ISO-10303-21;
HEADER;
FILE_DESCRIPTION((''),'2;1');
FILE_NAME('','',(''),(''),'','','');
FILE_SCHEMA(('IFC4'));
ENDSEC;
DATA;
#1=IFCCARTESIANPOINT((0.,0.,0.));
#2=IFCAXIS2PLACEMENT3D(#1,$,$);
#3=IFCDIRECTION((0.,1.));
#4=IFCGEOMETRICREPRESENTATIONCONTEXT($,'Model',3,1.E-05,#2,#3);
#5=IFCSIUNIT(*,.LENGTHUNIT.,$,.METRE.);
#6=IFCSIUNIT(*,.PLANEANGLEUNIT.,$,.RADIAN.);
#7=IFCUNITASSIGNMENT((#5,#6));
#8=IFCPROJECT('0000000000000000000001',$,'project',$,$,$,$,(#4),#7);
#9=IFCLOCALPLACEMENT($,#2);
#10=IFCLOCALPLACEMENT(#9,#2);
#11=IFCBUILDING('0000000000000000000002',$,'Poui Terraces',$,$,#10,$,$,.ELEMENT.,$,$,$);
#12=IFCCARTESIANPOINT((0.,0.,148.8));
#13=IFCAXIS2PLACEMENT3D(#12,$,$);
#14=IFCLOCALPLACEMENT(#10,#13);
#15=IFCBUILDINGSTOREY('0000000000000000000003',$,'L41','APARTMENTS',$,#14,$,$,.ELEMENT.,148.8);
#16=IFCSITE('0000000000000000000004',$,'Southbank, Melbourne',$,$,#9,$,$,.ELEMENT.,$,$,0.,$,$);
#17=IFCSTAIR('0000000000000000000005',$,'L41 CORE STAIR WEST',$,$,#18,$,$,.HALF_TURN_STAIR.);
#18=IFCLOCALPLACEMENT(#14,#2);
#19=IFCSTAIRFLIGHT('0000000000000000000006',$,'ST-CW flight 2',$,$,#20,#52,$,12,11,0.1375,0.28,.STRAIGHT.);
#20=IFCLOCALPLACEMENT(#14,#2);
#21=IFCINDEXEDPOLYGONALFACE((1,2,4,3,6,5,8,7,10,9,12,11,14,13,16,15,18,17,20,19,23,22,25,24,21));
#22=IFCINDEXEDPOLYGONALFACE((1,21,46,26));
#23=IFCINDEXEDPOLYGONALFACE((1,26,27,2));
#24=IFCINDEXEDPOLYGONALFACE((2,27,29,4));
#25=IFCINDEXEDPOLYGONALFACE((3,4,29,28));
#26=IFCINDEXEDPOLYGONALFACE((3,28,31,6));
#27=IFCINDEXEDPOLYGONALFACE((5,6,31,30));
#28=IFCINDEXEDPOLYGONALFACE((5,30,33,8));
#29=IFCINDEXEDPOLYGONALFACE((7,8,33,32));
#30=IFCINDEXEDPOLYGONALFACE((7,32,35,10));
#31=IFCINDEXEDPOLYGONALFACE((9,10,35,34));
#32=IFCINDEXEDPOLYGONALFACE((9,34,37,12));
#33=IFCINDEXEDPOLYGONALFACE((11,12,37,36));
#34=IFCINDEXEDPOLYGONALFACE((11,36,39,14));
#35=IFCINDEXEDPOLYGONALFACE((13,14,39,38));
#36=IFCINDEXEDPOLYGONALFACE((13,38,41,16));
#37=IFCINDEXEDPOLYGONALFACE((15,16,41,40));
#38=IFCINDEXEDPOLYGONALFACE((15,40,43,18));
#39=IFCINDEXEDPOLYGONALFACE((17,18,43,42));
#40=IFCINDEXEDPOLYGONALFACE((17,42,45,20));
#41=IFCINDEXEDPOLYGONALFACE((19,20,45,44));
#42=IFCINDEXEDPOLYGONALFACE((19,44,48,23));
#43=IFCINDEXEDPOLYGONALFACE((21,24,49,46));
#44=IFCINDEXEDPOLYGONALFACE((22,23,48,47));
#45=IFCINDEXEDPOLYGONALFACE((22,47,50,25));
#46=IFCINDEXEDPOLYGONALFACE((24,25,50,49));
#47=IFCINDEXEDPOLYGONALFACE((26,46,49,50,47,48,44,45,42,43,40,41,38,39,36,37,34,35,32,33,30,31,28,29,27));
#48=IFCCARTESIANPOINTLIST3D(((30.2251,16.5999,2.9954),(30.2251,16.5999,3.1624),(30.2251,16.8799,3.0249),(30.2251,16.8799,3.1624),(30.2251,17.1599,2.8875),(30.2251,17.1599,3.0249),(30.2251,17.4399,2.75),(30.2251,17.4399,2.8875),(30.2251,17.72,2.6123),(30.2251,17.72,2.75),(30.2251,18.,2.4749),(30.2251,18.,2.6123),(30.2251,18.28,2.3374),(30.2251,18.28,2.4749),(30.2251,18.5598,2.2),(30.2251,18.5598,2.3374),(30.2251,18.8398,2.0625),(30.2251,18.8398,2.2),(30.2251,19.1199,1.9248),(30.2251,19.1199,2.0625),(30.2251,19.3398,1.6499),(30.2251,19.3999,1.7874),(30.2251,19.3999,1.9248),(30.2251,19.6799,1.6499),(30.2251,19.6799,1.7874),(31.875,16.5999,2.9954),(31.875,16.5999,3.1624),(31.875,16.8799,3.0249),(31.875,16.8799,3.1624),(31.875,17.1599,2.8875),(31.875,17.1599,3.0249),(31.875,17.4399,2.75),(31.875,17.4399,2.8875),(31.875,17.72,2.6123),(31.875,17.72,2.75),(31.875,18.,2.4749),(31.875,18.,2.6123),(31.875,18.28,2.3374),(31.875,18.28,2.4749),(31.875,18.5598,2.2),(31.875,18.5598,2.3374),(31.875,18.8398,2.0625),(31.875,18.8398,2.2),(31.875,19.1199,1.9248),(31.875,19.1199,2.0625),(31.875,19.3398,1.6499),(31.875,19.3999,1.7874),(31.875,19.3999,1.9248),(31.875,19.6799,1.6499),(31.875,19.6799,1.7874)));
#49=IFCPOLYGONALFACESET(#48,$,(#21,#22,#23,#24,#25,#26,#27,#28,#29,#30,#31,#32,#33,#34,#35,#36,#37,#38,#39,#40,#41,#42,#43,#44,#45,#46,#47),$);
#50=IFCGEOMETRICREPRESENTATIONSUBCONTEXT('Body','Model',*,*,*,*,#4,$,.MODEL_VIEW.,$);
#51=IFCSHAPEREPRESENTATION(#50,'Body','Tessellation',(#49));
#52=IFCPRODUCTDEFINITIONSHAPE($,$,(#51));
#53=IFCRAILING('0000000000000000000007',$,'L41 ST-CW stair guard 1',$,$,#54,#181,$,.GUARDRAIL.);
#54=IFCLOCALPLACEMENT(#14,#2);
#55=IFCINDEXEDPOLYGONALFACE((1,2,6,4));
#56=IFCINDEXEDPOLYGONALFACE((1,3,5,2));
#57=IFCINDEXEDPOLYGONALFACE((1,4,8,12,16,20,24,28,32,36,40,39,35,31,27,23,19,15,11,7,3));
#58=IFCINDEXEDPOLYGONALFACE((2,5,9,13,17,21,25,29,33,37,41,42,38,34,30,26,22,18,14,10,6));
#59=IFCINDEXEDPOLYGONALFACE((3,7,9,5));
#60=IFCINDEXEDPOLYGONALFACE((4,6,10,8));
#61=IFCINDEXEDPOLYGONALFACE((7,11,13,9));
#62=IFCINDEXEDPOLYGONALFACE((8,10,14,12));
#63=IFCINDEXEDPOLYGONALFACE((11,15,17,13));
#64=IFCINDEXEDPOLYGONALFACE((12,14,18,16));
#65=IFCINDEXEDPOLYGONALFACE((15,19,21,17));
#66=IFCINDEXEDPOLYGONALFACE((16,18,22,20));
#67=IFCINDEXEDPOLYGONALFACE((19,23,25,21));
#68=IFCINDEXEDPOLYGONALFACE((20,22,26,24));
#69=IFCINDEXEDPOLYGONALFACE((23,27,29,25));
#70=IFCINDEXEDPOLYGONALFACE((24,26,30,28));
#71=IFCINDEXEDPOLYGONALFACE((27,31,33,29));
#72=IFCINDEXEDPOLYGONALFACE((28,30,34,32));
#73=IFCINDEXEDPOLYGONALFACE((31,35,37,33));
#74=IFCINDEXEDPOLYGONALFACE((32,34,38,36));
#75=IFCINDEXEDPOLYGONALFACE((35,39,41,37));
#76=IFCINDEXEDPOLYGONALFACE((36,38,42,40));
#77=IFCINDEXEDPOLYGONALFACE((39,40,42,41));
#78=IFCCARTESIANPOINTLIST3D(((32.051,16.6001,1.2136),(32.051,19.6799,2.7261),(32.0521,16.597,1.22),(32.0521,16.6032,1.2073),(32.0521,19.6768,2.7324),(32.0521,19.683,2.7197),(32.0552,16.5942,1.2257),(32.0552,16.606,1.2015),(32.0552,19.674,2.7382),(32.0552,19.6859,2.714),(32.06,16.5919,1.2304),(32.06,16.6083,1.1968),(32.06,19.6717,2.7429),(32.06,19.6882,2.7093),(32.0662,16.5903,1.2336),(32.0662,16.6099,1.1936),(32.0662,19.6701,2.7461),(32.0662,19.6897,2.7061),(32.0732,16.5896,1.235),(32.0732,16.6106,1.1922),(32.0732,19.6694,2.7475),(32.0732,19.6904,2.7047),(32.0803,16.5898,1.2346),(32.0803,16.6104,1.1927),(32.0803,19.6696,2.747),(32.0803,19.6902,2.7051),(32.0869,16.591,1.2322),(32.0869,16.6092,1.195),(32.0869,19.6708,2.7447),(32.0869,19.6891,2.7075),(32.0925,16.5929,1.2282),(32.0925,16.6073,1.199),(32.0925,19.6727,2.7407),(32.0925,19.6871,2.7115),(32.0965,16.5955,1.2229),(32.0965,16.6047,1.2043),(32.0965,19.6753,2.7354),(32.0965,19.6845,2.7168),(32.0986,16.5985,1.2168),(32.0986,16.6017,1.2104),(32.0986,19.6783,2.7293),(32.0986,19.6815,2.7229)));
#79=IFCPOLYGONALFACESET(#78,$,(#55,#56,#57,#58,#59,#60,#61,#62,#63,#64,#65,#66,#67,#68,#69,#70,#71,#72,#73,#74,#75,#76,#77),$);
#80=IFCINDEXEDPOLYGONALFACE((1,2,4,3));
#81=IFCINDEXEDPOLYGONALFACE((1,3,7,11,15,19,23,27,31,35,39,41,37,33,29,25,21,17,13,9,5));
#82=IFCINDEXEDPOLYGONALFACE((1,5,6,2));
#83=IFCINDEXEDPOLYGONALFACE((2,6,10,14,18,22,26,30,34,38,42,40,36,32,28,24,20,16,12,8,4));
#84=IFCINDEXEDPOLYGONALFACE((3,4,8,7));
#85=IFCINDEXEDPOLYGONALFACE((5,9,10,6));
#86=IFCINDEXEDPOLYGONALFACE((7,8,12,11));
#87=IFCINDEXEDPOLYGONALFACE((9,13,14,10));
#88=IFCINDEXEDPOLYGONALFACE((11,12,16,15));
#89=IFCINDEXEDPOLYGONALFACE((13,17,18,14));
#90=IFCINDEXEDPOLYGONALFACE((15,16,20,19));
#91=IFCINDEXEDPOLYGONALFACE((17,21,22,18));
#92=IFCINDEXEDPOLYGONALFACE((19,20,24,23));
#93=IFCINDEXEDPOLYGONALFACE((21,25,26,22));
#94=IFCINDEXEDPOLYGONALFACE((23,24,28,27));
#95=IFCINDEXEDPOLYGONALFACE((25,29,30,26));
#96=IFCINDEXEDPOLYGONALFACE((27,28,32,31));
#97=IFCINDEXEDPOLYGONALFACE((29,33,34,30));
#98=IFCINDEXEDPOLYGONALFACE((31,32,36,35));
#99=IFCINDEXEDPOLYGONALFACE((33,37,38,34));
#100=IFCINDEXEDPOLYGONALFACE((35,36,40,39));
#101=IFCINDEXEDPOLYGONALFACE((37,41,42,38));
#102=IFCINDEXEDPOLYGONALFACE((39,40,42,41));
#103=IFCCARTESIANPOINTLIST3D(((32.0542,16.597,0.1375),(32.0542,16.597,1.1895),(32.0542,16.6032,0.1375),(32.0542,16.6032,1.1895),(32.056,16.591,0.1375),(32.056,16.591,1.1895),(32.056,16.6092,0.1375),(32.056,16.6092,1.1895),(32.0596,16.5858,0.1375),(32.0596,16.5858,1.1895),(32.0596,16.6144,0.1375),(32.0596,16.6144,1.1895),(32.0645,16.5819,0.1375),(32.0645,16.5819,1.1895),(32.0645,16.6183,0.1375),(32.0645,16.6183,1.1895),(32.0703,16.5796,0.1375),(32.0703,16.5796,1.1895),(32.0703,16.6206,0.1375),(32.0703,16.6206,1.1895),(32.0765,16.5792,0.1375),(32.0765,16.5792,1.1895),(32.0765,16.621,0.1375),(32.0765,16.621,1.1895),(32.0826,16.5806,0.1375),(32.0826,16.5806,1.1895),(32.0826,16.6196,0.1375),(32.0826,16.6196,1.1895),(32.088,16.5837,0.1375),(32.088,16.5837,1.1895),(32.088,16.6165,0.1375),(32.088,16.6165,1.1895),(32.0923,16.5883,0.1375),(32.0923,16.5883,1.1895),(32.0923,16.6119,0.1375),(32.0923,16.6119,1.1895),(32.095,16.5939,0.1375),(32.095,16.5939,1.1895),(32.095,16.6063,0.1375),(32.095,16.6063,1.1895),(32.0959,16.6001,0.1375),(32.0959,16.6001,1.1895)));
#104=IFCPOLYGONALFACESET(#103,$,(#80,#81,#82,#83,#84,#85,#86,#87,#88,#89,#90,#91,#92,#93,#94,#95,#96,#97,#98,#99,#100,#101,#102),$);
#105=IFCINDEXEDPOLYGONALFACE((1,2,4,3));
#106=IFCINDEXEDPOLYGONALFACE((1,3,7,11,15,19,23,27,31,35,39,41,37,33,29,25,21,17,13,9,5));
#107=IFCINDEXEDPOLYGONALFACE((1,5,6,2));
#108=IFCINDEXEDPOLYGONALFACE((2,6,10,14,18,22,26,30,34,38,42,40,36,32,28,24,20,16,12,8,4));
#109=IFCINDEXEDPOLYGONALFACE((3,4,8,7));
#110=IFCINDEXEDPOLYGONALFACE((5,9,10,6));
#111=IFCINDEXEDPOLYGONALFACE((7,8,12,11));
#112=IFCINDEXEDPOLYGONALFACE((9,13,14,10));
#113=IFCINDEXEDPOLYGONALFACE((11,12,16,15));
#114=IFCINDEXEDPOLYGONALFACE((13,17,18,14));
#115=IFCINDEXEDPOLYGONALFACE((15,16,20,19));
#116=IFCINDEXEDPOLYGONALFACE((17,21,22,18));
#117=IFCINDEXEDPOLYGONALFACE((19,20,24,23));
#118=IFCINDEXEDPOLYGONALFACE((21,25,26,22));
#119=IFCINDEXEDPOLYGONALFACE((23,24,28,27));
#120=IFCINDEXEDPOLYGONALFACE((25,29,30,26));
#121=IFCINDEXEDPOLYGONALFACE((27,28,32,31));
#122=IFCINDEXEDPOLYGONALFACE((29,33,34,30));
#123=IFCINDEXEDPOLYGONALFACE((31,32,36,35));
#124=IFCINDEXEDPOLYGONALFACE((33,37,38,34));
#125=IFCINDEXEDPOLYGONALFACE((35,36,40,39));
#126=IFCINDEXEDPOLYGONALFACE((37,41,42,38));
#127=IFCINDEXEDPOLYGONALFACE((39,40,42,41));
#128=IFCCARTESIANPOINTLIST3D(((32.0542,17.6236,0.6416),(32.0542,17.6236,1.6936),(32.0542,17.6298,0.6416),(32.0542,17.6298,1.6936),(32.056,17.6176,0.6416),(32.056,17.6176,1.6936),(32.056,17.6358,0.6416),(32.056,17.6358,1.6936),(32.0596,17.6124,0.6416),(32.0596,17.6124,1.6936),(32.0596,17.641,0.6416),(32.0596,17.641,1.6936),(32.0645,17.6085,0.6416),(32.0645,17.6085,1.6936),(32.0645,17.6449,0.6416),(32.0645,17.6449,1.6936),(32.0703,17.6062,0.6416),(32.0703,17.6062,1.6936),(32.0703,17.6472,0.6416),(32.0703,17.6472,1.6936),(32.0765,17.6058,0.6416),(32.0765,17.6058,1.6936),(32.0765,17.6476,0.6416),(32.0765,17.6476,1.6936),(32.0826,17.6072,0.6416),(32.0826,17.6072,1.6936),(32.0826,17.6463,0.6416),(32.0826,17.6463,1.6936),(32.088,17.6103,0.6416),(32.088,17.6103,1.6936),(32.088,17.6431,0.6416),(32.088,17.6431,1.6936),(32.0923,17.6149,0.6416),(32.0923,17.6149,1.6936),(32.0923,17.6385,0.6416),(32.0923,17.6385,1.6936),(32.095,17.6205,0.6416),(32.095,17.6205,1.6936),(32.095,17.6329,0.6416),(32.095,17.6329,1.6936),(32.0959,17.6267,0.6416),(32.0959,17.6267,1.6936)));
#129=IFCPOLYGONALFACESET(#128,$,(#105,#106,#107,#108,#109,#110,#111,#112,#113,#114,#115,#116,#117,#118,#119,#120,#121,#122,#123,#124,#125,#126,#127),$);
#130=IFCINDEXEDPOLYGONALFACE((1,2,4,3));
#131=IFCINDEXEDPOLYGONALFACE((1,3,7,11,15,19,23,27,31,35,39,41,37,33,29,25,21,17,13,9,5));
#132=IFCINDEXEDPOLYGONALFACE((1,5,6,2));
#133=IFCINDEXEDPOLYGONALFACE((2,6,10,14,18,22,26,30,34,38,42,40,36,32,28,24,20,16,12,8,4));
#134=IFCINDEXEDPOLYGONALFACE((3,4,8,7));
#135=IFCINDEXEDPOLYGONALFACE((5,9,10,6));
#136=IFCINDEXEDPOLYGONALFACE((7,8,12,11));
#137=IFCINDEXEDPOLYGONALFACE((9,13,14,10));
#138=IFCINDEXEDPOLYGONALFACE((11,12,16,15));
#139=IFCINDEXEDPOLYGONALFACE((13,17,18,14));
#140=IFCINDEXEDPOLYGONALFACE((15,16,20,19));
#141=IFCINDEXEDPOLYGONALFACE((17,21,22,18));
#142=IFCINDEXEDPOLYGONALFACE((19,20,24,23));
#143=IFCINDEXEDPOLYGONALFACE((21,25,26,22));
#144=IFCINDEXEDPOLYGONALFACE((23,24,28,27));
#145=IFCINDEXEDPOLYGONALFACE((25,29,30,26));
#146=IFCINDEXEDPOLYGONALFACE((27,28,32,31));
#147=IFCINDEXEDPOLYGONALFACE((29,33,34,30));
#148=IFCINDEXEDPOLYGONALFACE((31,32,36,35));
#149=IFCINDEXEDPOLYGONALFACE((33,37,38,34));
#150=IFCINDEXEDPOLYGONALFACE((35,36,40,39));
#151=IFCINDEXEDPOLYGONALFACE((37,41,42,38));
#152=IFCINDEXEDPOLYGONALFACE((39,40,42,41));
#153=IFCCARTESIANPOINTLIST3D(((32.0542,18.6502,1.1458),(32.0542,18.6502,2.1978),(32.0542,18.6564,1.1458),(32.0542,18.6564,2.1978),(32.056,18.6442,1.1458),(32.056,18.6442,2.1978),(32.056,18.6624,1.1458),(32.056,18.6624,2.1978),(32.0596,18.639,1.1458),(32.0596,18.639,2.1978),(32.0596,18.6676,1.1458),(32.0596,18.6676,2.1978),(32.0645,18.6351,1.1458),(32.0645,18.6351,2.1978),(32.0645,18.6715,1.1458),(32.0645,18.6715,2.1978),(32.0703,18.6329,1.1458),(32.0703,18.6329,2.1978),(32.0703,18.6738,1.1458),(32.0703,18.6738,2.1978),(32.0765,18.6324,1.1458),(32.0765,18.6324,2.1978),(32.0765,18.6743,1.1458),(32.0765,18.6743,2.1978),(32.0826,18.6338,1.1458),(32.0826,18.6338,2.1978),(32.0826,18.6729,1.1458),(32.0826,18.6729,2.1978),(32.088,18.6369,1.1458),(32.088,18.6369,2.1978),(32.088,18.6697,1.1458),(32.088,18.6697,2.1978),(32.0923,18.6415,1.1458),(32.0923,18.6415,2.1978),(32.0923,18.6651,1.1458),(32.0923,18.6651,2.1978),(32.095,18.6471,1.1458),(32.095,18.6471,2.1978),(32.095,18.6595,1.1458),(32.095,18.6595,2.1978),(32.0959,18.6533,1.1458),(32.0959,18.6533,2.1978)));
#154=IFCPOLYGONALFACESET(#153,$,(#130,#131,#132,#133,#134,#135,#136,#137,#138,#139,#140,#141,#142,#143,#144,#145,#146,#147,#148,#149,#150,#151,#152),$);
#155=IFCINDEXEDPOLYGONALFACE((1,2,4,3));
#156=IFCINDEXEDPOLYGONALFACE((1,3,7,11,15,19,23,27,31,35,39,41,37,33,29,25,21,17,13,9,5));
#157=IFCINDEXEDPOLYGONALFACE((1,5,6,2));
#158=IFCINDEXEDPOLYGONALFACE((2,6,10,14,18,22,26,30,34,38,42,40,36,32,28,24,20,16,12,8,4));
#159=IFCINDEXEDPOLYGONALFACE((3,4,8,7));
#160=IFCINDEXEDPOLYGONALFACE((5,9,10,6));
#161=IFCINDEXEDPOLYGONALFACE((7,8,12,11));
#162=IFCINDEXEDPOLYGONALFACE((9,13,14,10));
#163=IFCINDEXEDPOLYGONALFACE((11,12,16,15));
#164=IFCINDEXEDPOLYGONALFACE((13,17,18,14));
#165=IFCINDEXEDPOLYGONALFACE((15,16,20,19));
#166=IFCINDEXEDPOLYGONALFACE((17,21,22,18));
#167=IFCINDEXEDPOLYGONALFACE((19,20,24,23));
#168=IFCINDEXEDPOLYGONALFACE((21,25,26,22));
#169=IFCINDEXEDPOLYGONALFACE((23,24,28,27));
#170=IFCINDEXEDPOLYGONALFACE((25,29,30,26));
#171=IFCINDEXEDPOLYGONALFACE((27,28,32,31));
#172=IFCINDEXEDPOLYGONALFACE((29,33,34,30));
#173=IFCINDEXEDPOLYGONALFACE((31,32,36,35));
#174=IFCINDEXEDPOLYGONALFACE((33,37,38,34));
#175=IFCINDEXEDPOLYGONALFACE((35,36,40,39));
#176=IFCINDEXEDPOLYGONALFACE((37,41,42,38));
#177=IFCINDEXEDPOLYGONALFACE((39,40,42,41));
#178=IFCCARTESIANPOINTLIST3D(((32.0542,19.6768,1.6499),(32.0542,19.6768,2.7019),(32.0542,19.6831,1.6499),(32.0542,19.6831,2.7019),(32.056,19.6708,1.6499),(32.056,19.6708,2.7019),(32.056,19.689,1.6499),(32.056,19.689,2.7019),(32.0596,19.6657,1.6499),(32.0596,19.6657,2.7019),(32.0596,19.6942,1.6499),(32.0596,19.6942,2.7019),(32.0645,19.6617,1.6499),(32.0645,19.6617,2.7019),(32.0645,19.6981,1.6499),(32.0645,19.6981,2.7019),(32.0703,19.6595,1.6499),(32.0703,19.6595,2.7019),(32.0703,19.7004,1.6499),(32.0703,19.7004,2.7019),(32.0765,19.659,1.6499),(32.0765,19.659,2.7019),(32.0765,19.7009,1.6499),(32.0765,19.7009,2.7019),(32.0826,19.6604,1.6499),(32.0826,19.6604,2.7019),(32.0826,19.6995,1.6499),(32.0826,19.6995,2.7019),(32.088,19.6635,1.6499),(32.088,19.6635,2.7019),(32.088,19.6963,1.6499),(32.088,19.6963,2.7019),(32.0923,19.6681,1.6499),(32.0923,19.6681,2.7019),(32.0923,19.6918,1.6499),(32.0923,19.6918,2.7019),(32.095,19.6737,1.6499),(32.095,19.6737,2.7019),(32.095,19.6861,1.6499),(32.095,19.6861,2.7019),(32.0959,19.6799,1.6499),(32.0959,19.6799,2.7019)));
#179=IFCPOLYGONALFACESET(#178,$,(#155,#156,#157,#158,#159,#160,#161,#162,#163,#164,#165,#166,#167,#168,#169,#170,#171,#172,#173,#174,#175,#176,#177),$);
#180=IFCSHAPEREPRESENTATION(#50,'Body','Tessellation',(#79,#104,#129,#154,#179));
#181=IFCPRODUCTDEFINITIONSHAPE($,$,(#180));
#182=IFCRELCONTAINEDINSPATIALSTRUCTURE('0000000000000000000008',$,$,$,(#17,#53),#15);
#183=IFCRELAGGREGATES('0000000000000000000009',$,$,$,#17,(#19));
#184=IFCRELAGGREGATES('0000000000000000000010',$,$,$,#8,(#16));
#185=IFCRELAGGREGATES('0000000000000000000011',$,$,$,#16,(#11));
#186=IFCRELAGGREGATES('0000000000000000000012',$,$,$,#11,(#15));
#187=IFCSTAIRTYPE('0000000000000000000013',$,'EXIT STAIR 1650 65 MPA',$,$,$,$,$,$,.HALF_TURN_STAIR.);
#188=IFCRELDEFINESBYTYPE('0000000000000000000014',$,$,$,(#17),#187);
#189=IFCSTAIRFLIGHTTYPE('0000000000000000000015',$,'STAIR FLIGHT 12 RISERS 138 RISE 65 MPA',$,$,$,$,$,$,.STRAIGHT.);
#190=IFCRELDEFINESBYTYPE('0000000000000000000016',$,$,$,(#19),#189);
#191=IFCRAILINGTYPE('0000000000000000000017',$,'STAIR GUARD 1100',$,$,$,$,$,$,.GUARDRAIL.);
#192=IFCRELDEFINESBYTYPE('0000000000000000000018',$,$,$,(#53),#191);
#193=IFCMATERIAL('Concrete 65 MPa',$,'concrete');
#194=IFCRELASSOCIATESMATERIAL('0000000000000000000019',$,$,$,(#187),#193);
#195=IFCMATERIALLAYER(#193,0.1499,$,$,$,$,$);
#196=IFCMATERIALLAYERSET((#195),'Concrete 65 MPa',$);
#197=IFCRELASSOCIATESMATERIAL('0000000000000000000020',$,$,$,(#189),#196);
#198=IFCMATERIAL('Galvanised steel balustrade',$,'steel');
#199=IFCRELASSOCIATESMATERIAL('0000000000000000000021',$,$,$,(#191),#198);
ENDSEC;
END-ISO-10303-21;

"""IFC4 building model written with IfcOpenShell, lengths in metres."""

from ifc_helpers import new_model, si_unit, direction, frame, origin, origin_2d, place, context, subcontext, project, spatial, polyline, circle, outline, extrude, material, layer, layer_set, type_object, element, aggregate, save


model = new_model("IFC4")

# Units and contexts
model_context = context("Model", 3, precision=1e-05, world=origin(), true_north=direction((0.0, 1.0)))
body_context = subcontext(model_context, "Body", "Model", "MODEL_VIEW")
ifc_project = project(units=[si_unit("LENGTHUNIT", "METRE"), si_unit("PLANEANGLEUNIT", "RADIAN")], contexts=[model_context])

# Site, building, storey
site_placement = place(None, origin())
site = spatial("IfcSite", under=ifc_project, at=site_placement, Name="Southbank, Melbourne", CompositionType="ELEMENT", RefElevation=0.0)
building_placement = place(site_placement, origin())
building = spatial("IfcBuilding", under=site, at=building_placement, Name="Poui Terraces", CompositionType="ELEMENT")
storey_placement = place(building_placement, frame((0.0, 0.0, 148.8)))
storey = spatial("IfcBuildingStorey", under=building, at=storey_placement, Name="L41", Description="APARTMENTS", CompositionType="ELEMENT", Elevation=148.8)

# Shared definitions
ifc_material_1 = material(Name="Concrete 65 MPa", Category="concrete")

# Stair, stair flight
stair_type = type_object("IfcStairType", Name="EXIT STAIR 1650 65 MPA", PredefinedType="HALF_TURN_STAIR", material=ifc_material_1)
stair_placement = place(storey_placement, origin())
stair = element("IfcStair", 1, at=stair_placement, inside=storey, type_object=stair_type, Name="L41 CORE STAIR WEST", PredefinedType="HALF_TURN_STAIR")
ifc_layer_1 = layer(ifc_material_1, 0.1499)
ifc_layer_set_1 = layer_set([ifc_layer_1], Name="Concrete 65 MPa")
stair_flight_type = type_object("IfcStairFlightType", Name="STAIR FLIGHT 12 RISERS 138 RISE 65 MPA", PredefinedType="STRAIGHT", material=ifc_layer_set_1)
stair_flight_1_placement = place(storey_placement, frame((31.05, 19.6799, 1.6499), z_axis=(0.0, 0.0, 1.0), x_axis=(0.0, -1.0, 0.0)))
stair_flight_1 = element("IfcStairFlight", 2, at=stair_flight_1_placement, type_object=stair_flight_type, Name="ST-CW flight 2", NumberOfRisers=12, NumberOfTreads=11, PredefinedType="STRAIGHT", RiserHeight=0.1375, TreadLength=0.28, context=body_context, shape_type="SweptSolid", body=[
    extrude(outline(polyline([(0.0, 0.0), (0.0, 0.1375), (0.28, 0.1375), (0.28, 0.2749), (0.5601, 0.2749), (0.5601, 0.4126), (0.8401, 0.4126), (0.8401, 0.55), (1.1201, 0.55), (1.1201, 0.6875), (1.3999, 0.6875), (1.3999, 0.825), (1.6799, 0.825), (1.6799, 0.9624), (1.96, 0.9624), (1.96, 1.1001), (2.24, 1.1001), (2.24, 1.2375), (2.52, 1.2375), (2.52, 1.375), (2.8, 1.375), (2.8, 1.5125), (3.0801, 1.5125), (3.0801, 1.6499), (3.0801, 1.3455), (0.3401, 0.0), (0.0, 0.0)])), frame((0.0, 0.825, 0.0), z_axis=(0.0, -1.0, 0.0), x_axis=(1.0, 0.0, 0.0)), (0.0, 0.0, 1.0), 1.6499),
])
aggregate(stair, [stair_flight_1])

# Railing
ifc_material_2 = material(Name="Galvanised steel balustrade", Category="steel")
railing_type_1 = type_object("IfcRailingType", Name="STAIR GUARD 1100", PredefinedType="GUARDRAIL", material=ifc_material_2)
railing_1_placement = place(storey_placement, frame((32.075, 16.6001, 0.1375)))
element("IfcRailing", 3, at=railing_1_placement, inside=storey, type_object=railing_type_1, Name="L41 ST-CW stair guard 1", PredefinedType="GUARDRAIL", context=body_context, shape_type="SweptSolid", body=[
    extrude(circle(Radius=0.0239, at=origin_2d()), frame((0.0, 0.0, 1.0762), z_axis=(0.0, 0.897606, 0.440798), x_axis=(-1.0, 0.0, 0.0)), (0.0, 0.0, 1.0), 3.4312),
    extrude(circle(Radius=0.021, at=origin_2d()), origin(), (0.0, 0.0, 1.0), 1.052),
    extrude(circle(Radius=0.021, at=origin_2d()), frame((0.0, 1.0266, 0.5042)), (0.0, 0.0, 1.0), 1.052),
    extrude(circle(Radius=0.021, at=origin_2d()), frame((0.0, 2.0532, 1.0083)), (0.0, 0.0, 1.0), 1.052),
    extrude(circle(Radius=0.021, at=origin_2d()), frame((0.0, 3.0798, 1.5125)), (0.0, 0.0, 1.0), 1.052),
])

save(model, "model.ifc")
